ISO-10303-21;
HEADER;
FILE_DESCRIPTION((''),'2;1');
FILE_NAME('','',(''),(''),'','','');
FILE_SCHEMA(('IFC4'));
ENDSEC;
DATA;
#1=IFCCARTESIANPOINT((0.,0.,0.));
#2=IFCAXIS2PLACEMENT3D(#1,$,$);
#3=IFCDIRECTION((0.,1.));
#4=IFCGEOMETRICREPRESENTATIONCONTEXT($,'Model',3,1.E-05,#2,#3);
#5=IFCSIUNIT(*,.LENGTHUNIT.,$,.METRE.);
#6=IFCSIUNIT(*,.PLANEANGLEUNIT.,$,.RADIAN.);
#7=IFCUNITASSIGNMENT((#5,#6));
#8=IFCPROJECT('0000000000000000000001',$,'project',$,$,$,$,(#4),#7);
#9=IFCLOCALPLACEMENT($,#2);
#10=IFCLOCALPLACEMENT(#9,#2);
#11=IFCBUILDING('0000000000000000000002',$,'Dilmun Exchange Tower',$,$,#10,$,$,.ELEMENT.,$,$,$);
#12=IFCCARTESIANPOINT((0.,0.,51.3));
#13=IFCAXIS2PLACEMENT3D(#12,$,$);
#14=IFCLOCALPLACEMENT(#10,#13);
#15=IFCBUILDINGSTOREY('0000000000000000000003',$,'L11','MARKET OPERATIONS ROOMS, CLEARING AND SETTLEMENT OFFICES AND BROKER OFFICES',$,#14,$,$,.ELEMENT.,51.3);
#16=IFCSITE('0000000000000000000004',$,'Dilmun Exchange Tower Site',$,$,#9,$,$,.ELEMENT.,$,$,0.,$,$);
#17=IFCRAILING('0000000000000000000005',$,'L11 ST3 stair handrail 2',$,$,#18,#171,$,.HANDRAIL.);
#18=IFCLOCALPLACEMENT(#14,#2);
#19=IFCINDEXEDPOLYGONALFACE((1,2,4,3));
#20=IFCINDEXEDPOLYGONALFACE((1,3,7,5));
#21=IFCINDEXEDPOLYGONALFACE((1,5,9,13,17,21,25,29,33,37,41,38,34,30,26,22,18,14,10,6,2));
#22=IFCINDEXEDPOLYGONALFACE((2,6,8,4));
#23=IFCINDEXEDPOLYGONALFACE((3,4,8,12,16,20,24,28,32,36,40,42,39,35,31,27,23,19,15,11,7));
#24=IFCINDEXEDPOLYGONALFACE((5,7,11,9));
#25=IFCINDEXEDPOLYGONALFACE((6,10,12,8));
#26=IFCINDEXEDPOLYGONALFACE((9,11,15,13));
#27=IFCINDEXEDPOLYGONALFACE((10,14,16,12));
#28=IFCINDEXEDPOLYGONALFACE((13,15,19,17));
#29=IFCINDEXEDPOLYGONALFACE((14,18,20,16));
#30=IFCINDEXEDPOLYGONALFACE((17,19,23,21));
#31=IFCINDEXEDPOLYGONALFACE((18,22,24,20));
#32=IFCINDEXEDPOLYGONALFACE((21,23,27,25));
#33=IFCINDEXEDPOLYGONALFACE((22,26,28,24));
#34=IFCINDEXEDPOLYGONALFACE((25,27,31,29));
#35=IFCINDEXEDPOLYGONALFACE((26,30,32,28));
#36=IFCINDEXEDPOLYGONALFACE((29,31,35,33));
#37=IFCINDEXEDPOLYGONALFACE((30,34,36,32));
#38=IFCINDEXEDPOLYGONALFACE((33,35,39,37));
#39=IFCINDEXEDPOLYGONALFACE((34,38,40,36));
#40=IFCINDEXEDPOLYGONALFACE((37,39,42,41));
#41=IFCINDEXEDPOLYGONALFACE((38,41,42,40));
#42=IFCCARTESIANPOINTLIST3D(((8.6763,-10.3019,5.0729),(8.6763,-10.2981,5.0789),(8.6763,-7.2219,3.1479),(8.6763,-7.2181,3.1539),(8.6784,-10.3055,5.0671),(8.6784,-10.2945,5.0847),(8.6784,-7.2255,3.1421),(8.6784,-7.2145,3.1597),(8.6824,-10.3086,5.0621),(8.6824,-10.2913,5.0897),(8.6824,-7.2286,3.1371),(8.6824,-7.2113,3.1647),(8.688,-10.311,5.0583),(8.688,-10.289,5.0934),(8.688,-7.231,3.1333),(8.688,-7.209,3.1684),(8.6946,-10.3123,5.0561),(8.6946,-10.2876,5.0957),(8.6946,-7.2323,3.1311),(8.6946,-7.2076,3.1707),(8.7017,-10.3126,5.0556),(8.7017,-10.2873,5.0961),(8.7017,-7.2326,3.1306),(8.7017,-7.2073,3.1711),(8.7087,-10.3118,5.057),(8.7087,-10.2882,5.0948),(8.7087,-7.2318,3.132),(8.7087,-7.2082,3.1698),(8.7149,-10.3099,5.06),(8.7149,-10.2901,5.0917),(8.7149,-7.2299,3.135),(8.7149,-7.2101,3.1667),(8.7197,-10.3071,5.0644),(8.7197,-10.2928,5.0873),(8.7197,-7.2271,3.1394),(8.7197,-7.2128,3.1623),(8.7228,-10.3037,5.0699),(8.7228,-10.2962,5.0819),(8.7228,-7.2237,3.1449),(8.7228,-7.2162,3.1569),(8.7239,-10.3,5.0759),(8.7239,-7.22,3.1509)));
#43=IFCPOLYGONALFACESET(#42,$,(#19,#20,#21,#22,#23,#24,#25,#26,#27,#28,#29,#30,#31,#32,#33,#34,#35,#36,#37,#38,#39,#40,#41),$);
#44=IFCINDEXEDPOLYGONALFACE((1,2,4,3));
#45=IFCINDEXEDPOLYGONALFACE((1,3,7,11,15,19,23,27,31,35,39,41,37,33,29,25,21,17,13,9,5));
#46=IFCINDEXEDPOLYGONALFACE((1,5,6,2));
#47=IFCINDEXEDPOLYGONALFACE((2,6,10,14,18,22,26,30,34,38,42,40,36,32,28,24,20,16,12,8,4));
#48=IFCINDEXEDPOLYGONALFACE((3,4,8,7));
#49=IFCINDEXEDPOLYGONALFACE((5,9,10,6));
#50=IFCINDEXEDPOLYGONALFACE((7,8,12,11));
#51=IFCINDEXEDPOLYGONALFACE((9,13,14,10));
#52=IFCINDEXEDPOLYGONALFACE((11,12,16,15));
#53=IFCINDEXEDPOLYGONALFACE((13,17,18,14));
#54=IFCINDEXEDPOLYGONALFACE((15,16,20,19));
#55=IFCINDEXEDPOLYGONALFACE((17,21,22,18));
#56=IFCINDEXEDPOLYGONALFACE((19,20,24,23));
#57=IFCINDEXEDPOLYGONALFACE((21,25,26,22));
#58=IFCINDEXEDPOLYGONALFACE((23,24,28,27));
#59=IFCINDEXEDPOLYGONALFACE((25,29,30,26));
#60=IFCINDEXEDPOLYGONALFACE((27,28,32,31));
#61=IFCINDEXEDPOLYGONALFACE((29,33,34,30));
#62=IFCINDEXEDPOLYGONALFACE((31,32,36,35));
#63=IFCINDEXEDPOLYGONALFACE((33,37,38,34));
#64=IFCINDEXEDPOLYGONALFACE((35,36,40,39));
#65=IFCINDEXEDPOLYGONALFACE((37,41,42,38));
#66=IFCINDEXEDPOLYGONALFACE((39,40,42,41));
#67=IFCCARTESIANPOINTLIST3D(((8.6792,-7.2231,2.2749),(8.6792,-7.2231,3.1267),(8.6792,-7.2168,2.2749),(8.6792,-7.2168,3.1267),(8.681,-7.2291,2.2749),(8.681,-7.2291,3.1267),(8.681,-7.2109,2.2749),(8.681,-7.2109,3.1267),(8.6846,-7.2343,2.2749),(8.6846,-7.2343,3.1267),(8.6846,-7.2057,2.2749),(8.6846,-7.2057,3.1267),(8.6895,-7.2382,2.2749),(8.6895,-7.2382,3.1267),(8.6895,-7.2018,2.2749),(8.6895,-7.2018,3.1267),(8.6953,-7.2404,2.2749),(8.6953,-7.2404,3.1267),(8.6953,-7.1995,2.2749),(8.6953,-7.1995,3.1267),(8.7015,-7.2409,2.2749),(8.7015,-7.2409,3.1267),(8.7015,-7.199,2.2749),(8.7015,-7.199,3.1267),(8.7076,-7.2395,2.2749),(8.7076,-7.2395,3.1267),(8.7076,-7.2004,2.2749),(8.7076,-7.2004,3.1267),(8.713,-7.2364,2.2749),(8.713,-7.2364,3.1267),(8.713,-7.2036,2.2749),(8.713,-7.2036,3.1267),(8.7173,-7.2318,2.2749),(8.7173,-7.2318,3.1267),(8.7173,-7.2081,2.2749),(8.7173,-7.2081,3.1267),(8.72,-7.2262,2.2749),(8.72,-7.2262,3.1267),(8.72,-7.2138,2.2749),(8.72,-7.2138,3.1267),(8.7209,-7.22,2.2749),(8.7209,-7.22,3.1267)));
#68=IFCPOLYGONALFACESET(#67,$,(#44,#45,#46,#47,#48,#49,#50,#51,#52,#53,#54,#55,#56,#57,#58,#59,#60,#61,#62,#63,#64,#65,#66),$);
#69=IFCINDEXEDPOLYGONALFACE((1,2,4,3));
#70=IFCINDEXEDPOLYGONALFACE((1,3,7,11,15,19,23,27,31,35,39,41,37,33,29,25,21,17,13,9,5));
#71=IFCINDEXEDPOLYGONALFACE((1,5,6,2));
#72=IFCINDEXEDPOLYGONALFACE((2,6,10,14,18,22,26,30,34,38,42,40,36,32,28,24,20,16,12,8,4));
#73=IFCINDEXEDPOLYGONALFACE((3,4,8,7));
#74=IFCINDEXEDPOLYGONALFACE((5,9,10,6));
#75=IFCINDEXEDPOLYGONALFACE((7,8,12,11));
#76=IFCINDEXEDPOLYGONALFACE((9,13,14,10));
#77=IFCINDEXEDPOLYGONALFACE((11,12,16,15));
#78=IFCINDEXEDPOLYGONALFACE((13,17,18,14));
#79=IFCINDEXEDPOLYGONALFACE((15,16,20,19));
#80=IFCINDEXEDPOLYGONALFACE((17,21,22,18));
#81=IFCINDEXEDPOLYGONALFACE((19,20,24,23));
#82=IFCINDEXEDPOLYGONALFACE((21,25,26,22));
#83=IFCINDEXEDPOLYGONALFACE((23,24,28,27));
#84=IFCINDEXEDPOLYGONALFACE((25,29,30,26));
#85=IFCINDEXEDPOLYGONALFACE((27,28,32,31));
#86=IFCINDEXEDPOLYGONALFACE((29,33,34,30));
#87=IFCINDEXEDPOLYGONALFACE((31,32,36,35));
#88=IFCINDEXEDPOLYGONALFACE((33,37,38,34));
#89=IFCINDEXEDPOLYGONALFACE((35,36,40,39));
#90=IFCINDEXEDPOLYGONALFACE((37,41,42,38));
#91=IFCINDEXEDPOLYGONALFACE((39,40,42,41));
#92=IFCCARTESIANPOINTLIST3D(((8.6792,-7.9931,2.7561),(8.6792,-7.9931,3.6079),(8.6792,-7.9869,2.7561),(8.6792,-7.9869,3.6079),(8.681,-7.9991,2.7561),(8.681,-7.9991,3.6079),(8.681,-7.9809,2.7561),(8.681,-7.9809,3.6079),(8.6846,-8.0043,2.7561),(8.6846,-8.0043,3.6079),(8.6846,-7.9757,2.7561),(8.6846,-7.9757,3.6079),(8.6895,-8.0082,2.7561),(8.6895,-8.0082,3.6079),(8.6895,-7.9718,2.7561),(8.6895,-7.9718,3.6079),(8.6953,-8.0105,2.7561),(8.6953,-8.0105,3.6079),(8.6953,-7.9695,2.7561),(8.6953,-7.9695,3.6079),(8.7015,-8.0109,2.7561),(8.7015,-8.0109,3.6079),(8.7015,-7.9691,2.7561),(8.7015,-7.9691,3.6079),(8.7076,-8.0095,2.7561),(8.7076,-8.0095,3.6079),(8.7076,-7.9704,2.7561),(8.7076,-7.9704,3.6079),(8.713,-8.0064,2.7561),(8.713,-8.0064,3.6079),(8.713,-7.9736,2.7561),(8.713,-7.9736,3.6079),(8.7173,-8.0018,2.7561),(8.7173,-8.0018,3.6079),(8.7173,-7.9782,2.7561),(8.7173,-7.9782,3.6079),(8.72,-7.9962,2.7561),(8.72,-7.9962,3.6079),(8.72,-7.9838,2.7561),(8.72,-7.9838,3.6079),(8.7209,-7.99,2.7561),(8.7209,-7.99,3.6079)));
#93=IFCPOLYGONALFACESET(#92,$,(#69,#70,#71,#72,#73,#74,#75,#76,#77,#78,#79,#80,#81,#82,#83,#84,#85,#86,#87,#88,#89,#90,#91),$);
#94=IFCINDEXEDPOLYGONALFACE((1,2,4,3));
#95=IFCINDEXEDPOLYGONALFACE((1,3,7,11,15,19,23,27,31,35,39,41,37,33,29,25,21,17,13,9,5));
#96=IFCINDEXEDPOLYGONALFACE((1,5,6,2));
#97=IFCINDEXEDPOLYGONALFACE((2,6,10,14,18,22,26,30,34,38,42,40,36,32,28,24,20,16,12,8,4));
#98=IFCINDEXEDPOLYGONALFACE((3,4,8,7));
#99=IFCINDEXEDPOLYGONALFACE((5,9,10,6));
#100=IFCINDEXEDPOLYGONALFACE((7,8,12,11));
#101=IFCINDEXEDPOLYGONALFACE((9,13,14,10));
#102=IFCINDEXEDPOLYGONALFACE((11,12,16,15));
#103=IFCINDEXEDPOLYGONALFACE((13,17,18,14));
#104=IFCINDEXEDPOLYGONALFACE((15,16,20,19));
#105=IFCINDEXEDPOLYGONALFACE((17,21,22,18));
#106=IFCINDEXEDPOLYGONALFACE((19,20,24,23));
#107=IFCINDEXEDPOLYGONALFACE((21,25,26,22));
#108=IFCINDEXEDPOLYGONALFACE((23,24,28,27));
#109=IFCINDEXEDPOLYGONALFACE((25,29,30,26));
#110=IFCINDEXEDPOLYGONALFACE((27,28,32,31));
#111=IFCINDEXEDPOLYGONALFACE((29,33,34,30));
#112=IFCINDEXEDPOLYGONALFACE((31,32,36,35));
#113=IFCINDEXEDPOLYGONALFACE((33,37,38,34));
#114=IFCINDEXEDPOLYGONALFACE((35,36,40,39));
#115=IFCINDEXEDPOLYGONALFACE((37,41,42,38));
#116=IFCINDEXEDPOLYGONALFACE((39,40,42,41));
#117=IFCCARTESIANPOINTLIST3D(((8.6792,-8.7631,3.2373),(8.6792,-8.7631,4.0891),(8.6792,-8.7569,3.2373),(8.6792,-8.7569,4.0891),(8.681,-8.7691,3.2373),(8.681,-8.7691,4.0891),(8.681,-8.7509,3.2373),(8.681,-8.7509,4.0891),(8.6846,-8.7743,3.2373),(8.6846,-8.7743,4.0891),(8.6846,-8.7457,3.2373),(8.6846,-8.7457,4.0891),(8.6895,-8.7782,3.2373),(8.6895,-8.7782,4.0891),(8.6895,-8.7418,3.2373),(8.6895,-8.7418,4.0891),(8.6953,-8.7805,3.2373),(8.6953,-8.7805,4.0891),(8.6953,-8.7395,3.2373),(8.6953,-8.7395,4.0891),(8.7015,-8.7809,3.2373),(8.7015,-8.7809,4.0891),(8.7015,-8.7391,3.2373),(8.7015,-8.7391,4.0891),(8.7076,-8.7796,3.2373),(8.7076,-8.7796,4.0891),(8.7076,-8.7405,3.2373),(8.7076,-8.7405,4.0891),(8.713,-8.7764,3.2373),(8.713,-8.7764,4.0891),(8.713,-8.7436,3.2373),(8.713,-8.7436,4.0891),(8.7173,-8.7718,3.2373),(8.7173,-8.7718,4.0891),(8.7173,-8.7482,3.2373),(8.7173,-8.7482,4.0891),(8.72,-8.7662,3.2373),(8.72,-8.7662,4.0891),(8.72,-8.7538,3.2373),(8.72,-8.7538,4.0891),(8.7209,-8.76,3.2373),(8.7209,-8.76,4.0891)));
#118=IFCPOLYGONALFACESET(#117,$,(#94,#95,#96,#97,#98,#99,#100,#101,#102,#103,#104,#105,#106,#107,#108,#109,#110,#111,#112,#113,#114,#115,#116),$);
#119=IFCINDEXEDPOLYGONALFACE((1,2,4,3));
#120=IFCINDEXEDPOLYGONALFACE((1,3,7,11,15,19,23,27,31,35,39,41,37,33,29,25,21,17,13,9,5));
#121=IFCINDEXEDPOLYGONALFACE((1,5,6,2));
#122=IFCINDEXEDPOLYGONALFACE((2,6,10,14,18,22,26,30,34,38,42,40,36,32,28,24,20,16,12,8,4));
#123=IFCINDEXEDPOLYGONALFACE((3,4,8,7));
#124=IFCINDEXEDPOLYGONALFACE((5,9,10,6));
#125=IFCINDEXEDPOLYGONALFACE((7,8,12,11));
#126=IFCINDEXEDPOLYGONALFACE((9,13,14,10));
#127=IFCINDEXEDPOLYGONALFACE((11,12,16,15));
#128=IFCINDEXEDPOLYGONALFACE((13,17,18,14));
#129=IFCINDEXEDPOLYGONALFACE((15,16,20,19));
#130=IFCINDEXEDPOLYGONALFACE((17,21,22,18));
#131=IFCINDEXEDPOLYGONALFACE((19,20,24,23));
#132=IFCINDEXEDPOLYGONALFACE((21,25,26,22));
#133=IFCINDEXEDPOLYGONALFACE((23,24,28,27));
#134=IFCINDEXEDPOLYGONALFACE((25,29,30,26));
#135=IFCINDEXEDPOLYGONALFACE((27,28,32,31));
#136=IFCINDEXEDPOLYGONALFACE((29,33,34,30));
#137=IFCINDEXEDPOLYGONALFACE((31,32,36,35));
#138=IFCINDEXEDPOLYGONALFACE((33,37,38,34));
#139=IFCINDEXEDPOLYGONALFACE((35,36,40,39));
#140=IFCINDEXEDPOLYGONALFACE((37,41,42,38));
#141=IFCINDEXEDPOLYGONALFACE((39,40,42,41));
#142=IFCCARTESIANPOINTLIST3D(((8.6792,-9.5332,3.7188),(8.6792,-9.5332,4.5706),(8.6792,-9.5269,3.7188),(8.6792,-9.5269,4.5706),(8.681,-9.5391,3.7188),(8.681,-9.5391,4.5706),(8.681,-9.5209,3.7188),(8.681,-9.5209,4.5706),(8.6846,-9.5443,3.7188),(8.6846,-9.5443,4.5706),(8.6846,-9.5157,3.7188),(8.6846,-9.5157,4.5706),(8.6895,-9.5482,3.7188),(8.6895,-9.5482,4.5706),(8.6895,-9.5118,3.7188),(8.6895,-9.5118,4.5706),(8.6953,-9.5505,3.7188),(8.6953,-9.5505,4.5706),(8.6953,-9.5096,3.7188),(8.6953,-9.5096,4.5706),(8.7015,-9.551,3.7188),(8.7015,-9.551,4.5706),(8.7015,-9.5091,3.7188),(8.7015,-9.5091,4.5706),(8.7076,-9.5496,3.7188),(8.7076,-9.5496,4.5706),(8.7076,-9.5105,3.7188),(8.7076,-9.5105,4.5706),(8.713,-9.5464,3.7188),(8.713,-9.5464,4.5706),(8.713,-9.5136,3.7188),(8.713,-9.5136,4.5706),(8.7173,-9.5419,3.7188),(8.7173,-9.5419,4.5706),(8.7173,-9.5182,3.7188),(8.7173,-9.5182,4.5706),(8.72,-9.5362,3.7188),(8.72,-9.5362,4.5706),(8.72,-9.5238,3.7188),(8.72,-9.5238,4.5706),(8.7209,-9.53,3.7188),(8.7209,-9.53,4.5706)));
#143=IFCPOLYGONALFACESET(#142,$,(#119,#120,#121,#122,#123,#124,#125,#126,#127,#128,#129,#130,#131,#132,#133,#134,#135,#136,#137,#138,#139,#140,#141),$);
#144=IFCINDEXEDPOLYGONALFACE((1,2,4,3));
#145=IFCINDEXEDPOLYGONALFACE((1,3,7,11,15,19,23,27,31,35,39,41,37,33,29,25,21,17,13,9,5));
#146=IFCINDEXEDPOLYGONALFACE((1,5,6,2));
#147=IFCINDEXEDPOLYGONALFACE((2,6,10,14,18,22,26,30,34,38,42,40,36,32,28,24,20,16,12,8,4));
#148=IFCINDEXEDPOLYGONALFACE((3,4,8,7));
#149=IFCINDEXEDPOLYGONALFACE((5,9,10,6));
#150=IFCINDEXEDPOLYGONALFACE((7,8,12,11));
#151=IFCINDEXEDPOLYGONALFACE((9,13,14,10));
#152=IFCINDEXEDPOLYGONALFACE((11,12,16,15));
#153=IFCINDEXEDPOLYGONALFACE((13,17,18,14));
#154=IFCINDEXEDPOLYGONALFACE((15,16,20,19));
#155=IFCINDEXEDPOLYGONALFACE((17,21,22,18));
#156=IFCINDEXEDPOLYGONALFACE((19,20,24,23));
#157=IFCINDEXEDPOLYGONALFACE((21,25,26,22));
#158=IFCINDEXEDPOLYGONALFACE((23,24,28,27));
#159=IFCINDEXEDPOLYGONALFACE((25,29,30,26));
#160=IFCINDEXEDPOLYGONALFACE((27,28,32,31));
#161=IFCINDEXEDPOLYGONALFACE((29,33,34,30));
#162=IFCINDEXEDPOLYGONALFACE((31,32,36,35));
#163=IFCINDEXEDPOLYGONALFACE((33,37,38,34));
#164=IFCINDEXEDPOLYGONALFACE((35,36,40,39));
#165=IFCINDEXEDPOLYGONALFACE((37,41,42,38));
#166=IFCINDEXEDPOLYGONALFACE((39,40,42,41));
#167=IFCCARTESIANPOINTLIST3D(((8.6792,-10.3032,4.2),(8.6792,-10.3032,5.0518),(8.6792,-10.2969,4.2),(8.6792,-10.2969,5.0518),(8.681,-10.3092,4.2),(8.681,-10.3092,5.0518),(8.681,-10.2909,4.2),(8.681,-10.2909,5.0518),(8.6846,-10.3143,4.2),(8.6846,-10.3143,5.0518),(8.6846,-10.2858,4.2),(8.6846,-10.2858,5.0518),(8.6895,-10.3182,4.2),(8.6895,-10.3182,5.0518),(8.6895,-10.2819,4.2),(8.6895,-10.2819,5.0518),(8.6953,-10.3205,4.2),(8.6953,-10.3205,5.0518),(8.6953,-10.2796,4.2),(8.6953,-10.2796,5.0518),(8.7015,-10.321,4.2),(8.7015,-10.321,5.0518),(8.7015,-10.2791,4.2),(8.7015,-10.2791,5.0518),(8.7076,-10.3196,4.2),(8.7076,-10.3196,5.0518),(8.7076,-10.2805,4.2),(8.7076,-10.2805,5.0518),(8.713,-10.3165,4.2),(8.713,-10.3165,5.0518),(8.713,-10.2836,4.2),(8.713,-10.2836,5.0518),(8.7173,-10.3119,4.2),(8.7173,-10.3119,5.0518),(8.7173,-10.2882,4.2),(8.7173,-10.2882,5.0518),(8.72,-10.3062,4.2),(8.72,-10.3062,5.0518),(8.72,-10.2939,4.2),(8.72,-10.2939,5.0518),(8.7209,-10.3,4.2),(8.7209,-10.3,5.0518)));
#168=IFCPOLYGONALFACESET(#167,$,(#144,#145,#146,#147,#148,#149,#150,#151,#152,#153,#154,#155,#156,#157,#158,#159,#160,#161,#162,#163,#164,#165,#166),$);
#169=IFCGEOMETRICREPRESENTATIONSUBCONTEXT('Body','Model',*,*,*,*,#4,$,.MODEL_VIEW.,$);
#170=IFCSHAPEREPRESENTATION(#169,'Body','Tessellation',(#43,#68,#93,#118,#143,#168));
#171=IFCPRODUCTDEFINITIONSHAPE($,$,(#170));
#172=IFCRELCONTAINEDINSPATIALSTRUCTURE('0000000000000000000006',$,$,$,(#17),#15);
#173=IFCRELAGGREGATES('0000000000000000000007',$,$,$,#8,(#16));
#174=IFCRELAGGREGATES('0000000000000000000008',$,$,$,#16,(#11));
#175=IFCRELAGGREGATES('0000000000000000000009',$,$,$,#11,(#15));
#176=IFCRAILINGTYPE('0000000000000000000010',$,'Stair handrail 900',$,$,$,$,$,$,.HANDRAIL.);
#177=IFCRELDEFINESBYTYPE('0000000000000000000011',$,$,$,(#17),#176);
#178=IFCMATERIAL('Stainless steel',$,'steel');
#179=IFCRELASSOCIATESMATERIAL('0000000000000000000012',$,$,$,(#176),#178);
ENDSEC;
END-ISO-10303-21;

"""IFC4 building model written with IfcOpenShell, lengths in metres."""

from ifc_helpers import new_model, si_unit, direction, frame, origin, origin_2d, place, context, subcontext, project, spatial, circle, extrude, material, type_object, element, save


model = new_model("IFC4")

# Units and contexts
model_context = context("Model", 3, precision=1e-05, world=origin(), true_north=direction((0.0, 1.0)))
body_context = subcontext(model_context, "Body", "Model", "MODEL_VIEW")
ifc_project = project(units=[si_unit("LENGTHUNIT", "METRE"), si_unit("PLANEANGLEUNIT", "RADIAN")], contexts=[model_context])

# Site, building, storey
site_placement = place(None, origin())
site = spatial("IfcSite", under=ifc_project, at=site_placement, Name="Dilmun Exchange Tower Site", CompositionType="ELEMENT", RefElevation=0.0)
building_placement = place(site_placement, origin())
building = spatial("IfcBuilding", under=site, at=building_placement, Name="Dilmun Exchange Tower", CompositionType="ELEMENT")
storey_placement = place(building_placement, frame((0.0, 0.0, 51.3)))
storey = spatial("IfcBuildingStorey", under=building, at=storey_placement, Name="L11", Description="MARKET OPERATIONS ROOMS, CLEARING AND SETTLEMENT OFFICES AND BROKER OFFICES", CompositionType="ELEMENT", Elevation=51.3)

# Railing
ifc_material_1 = material(Name="Stainless steel", Category="steel")
railing_type = type_object("IfcRailingType", Name="Stair handrail 900", PredefinedType="HANDRAIL", material=ifc_material_1)
railing_placement = place(storey_placement, frame((8.7, -7.22, 2.2749)))
element("IfcRailing", 1, at=railing_placement, inside=storey, type_object=railing_type, Name="L11 ST3 stair handrail 2", PredefinedType="HANDRAIL", context=body_context, shape_type="SweptSolid", body=[
    extrude(circle(Radius=0.0239, at=origin_2d()), frame((0.0, 0.0, 0.876), z_axis=(0.0, -0.847998, 0.529999), x_axis=(1.0, 0.0, 0.0)), (0.0, 0.0, 1.0), 3.6321),
    extrude(circle(Radius=0.021, at=origin_2d()), origin(), (0.0, 0.0, 1.0), 0.8518),
    extrude(circle(Radius=0.021, at=origin_2d()), frame((0.0, -0.77, 0.4812)), (0.0, 0.0, 1.0), 0.8518),
    extrude(circle(Radius=0.021, at=origin_2d()), frame((0.0, -1.54, 0.9624)), (0.0, 0.0, 1.0), 0.8518),
    extrude(circle(Radius=0.021, at=origin_2d()), frame((0.0, -2.3101, 1.4438)), (0.0, 0.0, 1.0), 0.8518),
    extrude(circle(Radius=0.021, at=origin_2d()), frame((0.0, -3.0801, 1.925)), (0.0, 0.0, 1.0), 0.8518),
])

save(model, "model.ifc")
